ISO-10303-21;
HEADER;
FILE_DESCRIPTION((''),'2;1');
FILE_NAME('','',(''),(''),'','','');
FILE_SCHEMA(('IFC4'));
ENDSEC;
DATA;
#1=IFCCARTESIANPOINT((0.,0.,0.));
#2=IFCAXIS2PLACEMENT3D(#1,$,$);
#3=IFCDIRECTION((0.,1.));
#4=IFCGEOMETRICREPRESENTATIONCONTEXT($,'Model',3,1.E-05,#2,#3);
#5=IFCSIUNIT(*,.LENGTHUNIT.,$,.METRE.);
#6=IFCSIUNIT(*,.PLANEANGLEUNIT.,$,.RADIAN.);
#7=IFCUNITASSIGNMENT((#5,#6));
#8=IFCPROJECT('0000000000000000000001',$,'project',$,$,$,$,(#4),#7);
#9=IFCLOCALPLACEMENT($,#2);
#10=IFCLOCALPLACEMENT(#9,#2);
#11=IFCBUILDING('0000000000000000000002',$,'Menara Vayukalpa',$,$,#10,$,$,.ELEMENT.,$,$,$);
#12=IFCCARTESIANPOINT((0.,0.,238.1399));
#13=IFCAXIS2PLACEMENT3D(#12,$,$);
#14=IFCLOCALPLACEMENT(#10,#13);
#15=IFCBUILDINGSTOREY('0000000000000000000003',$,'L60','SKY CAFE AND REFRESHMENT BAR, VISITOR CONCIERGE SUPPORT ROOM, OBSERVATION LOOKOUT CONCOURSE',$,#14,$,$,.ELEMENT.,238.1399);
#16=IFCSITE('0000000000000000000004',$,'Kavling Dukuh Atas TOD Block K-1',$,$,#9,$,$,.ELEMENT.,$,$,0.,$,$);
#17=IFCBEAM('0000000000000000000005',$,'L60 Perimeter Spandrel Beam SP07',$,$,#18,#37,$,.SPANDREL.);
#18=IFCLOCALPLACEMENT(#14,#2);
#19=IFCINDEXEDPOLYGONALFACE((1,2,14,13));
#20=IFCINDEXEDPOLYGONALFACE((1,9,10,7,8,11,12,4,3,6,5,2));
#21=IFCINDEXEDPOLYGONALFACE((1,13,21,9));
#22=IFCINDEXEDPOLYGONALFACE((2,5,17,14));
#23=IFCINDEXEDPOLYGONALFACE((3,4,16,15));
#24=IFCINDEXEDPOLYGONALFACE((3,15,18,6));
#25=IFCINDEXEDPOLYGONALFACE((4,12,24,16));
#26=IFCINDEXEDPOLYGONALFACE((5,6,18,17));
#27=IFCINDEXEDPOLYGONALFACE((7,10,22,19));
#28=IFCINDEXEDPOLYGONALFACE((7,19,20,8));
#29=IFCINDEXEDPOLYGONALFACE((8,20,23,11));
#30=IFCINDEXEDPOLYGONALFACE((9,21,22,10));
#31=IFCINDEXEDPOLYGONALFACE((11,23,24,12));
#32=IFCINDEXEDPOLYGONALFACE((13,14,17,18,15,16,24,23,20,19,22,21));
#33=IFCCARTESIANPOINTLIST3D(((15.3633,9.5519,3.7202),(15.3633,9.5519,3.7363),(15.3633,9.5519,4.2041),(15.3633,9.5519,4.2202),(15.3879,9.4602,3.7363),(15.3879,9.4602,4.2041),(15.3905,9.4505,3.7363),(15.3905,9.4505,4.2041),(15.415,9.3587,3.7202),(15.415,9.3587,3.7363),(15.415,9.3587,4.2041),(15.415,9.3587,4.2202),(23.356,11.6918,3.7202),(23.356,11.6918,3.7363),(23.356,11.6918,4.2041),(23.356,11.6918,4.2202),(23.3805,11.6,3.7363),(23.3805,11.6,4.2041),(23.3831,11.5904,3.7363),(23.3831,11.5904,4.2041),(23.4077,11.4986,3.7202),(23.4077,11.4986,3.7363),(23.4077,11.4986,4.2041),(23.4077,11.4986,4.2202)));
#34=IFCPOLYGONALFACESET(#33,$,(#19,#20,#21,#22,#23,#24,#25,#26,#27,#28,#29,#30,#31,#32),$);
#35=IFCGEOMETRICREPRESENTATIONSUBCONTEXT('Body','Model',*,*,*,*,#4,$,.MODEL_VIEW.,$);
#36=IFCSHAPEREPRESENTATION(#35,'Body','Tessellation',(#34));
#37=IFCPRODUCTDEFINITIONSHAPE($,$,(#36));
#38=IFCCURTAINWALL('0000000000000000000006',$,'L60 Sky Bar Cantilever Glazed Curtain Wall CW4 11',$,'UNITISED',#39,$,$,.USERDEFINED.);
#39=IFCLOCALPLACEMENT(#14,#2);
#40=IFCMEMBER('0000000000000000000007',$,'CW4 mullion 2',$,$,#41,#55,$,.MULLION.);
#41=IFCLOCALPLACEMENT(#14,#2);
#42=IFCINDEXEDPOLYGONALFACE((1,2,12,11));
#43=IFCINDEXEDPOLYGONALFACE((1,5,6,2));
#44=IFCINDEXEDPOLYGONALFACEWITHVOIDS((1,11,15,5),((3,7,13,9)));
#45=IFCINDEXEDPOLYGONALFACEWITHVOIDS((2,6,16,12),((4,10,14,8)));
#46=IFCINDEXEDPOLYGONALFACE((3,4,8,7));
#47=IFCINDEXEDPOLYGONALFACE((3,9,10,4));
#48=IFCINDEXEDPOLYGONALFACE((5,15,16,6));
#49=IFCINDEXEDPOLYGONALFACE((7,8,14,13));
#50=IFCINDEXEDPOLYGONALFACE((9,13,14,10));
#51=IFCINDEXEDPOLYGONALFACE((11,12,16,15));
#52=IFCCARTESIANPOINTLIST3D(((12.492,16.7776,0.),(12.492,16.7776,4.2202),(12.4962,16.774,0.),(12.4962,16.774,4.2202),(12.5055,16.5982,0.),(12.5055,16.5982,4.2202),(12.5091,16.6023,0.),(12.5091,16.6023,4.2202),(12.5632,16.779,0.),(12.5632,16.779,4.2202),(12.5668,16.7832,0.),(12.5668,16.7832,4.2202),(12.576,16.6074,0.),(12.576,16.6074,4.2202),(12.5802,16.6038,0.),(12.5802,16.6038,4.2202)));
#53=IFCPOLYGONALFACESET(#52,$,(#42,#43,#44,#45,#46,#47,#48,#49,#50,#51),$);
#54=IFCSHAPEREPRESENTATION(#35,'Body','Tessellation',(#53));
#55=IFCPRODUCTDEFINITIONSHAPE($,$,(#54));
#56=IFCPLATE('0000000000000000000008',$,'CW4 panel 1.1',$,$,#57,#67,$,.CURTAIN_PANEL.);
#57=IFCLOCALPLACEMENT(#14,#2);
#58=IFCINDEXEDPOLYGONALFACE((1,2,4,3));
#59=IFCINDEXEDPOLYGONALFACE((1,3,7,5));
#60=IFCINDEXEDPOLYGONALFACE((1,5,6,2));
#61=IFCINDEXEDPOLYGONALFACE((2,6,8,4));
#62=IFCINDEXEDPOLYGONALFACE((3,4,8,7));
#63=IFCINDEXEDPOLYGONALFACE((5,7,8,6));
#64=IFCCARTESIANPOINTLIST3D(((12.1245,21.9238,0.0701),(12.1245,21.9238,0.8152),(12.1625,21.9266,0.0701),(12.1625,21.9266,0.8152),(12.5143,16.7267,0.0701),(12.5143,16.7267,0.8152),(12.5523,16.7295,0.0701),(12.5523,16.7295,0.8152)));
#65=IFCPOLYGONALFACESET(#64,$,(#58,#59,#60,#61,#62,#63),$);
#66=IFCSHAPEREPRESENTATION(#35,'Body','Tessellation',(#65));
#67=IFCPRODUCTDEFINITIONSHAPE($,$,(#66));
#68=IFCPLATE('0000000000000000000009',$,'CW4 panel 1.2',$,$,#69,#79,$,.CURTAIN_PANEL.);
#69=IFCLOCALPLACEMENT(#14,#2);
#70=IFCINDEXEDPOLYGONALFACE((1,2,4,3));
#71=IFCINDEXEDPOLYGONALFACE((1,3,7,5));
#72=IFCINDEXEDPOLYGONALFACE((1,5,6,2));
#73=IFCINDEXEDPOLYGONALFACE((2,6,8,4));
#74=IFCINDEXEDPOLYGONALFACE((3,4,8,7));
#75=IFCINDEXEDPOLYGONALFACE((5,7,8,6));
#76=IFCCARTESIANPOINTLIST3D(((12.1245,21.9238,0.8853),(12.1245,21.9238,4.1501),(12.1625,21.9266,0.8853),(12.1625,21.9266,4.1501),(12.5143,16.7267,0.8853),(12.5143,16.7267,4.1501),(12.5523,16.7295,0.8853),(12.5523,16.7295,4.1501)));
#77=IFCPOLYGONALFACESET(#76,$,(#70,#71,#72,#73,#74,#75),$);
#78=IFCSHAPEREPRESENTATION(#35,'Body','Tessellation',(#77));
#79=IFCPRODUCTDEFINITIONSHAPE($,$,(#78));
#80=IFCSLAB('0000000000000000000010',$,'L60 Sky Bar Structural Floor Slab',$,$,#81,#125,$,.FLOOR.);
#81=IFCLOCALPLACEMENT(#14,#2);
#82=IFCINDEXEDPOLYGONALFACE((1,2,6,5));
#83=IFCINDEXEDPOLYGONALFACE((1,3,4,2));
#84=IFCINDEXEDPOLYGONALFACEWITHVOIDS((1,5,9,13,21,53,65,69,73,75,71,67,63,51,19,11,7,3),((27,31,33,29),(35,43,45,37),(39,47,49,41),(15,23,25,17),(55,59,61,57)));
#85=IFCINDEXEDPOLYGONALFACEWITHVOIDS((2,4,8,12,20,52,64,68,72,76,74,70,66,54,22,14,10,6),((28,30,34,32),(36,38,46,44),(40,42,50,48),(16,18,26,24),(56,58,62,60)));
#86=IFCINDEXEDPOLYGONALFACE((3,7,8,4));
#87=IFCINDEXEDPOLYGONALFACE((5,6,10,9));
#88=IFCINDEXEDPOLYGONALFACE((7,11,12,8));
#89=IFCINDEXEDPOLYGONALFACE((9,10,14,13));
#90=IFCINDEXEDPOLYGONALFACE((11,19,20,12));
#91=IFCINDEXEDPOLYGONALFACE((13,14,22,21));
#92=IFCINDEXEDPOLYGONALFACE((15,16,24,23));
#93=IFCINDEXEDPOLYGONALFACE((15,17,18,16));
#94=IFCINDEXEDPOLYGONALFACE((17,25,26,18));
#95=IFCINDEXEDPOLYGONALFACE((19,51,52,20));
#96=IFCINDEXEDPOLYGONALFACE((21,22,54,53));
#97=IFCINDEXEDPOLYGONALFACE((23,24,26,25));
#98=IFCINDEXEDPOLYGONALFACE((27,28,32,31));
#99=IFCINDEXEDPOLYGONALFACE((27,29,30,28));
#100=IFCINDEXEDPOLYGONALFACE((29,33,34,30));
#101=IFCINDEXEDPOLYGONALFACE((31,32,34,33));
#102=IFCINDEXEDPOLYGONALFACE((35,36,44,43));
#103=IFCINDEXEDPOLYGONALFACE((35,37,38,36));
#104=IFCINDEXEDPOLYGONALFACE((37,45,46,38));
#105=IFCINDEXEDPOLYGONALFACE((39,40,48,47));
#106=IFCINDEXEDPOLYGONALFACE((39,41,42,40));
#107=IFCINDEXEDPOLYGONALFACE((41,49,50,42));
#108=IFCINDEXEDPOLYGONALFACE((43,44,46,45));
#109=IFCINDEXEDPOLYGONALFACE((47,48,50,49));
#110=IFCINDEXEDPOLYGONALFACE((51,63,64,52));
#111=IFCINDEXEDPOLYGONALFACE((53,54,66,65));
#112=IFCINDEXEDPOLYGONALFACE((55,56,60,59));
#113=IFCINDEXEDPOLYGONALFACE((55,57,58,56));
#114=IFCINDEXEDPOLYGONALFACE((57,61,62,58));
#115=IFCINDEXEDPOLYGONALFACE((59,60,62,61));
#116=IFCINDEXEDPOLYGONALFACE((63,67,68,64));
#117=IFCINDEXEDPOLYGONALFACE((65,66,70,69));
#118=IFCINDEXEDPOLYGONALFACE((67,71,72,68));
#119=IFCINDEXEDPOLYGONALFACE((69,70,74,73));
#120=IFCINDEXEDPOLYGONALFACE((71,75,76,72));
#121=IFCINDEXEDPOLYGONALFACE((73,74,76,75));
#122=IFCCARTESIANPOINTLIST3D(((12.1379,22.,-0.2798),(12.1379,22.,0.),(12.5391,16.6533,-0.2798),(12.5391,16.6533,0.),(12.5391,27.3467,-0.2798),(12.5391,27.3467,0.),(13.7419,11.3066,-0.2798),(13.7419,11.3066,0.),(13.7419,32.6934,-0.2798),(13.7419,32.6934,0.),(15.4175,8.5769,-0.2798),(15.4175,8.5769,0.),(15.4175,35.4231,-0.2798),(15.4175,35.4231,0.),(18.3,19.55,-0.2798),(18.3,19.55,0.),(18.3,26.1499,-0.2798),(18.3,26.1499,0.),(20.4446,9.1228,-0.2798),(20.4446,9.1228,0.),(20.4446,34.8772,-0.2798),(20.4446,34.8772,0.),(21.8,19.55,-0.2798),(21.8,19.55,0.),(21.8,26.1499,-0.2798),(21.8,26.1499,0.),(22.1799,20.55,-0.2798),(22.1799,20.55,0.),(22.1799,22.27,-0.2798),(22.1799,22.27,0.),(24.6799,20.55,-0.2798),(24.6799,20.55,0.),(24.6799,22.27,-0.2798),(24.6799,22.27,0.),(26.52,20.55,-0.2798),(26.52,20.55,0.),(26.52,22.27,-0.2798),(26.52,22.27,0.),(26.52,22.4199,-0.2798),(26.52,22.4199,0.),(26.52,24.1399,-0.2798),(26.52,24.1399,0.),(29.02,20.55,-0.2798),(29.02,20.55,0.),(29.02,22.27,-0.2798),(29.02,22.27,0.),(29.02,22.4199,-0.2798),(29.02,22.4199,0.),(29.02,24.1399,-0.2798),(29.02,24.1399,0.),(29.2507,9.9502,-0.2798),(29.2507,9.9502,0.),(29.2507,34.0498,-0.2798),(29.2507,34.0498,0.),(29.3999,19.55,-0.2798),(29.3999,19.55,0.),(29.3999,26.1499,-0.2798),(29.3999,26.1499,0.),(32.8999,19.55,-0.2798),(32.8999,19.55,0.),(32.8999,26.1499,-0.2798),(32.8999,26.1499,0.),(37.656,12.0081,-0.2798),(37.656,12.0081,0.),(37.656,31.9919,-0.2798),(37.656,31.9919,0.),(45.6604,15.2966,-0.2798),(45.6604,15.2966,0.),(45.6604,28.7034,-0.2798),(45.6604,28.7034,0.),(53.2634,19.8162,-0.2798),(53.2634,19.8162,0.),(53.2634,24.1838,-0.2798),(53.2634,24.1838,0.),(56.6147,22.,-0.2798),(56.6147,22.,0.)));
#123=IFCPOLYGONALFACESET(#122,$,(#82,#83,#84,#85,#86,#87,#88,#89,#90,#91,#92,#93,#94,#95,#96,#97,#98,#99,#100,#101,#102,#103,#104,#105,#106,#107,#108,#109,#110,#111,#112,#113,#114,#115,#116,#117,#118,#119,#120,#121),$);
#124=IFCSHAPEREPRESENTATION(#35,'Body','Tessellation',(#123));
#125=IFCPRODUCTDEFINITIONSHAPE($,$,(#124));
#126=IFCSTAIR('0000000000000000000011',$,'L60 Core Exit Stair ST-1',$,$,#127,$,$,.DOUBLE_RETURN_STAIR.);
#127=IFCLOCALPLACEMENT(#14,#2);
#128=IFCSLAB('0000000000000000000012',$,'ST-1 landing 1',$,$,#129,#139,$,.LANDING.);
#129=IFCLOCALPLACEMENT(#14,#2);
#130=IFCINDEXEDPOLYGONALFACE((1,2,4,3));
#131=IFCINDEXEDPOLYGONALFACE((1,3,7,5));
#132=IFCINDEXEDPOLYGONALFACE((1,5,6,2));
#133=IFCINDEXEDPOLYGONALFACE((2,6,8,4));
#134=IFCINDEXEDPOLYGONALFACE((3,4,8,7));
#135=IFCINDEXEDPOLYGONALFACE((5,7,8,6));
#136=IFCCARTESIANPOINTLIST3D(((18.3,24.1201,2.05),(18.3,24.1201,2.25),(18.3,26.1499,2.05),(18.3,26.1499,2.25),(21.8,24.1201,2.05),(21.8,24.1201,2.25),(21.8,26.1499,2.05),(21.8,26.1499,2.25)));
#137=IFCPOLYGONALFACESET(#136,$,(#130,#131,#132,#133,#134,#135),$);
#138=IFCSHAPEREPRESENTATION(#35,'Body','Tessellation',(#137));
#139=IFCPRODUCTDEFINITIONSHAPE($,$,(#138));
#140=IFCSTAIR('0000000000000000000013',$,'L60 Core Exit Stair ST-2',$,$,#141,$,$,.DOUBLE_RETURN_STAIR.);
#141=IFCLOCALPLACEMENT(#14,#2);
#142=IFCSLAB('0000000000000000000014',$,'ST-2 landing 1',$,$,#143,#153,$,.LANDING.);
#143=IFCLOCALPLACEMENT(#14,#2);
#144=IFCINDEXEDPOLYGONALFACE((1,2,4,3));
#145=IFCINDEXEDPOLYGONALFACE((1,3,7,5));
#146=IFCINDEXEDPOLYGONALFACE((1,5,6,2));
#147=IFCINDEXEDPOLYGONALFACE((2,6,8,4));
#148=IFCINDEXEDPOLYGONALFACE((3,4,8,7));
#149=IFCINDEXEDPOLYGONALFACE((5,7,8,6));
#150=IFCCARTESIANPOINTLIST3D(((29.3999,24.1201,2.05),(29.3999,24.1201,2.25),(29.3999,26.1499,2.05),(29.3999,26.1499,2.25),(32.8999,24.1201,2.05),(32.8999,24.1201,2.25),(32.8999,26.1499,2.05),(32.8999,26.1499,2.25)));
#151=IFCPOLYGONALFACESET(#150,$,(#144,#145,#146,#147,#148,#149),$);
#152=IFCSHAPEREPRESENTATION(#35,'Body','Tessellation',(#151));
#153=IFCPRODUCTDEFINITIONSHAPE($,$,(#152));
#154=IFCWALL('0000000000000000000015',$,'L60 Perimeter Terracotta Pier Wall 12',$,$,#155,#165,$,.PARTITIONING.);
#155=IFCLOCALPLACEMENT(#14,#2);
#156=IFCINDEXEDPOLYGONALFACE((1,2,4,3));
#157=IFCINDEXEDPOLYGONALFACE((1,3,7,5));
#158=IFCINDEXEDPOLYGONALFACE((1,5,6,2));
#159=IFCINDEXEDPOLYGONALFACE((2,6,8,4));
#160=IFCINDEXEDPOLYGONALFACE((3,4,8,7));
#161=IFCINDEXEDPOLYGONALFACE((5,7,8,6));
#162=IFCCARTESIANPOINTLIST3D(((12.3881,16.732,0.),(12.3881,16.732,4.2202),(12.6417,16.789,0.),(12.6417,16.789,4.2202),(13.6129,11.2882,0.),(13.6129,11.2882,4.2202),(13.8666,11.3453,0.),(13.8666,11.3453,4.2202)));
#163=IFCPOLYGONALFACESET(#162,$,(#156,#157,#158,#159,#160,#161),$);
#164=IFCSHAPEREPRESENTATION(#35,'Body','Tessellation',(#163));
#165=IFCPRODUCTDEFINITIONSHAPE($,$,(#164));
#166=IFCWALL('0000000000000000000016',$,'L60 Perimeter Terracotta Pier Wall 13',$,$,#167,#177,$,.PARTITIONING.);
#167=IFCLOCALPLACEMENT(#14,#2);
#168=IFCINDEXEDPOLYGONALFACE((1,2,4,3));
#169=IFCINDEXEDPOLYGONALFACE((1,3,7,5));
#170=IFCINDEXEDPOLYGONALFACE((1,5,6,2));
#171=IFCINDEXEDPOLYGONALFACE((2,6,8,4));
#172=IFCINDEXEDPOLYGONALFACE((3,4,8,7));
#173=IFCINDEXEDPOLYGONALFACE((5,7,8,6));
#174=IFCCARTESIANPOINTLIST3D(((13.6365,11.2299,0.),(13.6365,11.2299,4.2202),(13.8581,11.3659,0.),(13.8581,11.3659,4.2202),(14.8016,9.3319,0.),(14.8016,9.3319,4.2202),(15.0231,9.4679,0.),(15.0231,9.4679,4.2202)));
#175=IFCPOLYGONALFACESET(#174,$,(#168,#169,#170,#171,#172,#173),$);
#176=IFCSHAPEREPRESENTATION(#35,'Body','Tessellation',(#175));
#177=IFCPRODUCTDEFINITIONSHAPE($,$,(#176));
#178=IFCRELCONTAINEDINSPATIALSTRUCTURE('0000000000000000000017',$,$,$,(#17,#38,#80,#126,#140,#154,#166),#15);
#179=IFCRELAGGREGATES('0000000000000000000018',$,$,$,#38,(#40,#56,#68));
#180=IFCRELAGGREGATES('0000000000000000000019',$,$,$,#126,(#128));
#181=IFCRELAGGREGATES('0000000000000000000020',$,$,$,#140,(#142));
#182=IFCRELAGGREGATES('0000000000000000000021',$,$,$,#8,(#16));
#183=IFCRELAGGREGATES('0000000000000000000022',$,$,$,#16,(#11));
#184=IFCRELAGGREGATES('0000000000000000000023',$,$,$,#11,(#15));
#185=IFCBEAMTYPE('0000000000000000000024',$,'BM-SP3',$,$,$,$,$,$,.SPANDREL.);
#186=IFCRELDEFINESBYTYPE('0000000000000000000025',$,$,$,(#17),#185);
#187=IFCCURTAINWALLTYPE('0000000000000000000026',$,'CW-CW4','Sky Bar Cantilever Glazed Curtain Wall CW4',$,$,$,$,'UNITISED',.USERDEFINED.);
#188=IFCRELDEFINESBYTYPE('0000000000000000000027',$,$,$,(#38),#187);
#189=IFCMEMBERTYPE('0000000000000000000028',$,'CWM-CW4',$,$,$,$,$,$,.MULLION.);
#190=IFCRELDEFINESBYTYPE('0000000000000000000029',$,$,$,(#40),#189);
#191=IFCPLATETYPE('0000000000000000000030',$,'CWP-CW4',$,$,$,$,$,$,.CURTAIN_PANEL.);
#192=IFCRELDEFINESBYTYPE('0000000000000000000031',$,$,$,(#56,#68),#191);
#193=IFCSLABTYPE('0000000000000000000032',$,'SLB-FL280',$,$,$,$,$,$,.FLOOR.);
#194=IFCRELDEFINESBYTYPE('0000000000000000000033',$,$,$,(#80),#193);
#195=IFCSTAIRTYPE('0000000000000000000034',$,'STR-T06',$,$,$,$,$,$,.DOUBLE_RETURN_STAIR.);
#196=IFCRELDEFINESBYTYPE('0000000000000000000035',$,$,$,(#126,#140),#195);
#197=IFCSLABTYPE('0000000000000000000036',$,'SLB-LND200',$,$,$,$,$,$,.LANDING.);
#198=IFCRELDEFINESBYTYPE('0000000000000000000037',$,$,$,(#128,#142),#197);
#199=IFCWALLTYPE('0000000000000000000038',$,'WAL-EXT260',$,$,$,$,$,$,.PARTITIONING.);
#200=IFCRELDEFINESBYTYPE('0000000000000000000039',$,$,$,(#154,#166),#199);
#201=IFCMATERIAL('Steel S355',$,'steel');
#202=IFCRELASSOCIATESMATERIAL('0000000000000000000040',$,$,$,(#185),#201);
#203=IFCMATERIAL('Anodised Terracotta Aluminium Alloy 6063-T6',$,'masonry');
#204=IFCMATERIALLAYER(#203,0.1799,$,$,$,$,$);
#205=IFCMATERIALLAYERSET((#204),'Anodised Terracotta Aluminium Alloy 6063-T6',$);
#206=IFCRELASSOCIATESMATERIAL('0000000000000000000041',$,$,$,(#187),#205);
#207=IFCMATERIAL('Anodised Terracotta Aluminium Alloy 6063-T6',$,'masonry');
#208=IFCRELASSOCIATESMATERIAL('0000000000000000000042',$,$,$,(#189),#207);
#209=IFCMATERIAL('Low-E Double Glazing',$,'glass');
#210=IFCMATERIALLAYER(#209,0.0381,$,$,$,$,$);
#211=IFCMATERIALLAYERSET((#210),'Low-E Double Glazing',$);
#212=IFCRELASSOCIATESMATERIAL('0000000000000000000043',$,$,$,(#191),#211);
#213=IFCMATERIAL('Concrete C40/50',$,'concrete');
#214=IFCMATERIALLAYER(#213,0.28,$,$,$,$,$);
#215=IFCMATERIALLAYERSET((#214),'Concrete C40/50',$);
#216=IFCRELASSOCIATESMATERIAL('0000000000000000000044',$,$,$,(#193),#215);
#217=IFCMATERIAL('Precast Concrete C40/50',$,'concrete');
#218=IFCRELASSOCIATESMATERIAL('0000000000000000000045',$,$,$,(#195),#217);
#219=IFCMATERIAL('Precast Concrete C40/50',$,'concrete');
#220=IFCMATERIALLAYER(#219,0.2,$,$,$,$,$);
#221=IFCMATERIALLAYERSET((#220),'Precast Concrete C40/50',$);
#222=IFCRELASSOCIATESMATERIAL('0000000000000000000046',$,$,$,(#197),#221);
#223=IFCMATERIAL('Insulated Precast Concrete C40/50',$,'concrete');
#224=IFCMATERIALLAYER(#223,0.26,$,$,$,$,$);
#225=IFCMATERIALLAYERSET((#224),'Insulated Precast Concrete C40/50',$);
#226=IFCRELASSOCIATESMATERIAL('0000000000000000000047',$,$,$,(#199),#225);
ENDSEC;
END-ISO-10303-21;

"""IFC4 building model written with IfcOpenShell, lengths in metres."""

from ifc_helpers import new_model, si_unit, direction, frame, frame_2d, origin, origin_2d, place, context, subcontext, project, spatial, polyline, rectangle, hollow_rectangle, i_section, outline, extrude, material, layer, layer_set, material_profile, profile_set, type_object, element, aggregate, save


model = new_model("IFC4")

# Units and contexts
model_context = context("Model", 3, precision=1e-05, world=origin(), true_north=direction((0.0, 1.0)))
body_context = subcontext(model_context, "Body", "Model", "MODEL_VIEW")
ifc_project = project(units=[si_unit("LENGTHUNIT", "METRE"), si_unit("PLANEANGLEUNIT", "RADIAN")], contexts=[model_context])

# Site, building, storey
site_placement = place(None, origin())
site = spatial("IfcSite", under=ifc_project, at=site_placement, Name="Kavling Dukuh Atas TOD Block K-1", CompositionType="ELEMENT", RefElevation=0.0)
building_placement = place(site_placement, origin())
building = spatial("IfcBuilding", under=site, at=building_placement, Name="Menara Vayukalpa", CompositionType="ELEMENT")
storey_placement = place(building_placement, frame((0.0, 0.0, 238.1399)))
storey = spatial("IfcBuildingStorey", under=building, at=storey_placement, Name="L60", Description="SKY CAFE AND REFRESHMENT BAR, VISITOR CONCIERGE SUPPORT ROOM, OBSERVATION LOOKOUT CONCOURSE", CompositionType="ELEMENT", Elevation=238.1399)

# Beam
ifc_material_1 = material(Name="Steel S355", Category="steel")
ifc_material_profile_1 = material_profile(ifc_material_1, i_section(OverallWidth=0.2, OverallDepth=0.5, WebThickness=0.01, FlangeThickness=0.0161, at=origin_2d()), Name="WF 500x200x10x16")
ifc_profile_set_1 = profile_set([ifc_material_profile_1], Name="Steel S355")
beam_type_1 = type_object("IfcBeamType", Name="BM-SP3", PredefinedType="SPANDREL", material=ifc_profile_set_1)
beam_1_placement = place(storey_placement, frame((15.3892, 9.4553, 3.9702), z_axis=(0.965978, 0.258623, 0.0), x_axis=(-0.258623, 0.965978, 0.0)))
element("IfcBeam", 1, at=beam_1_placement, inside=storey, type_object=beam_type_1, Name="L60 Perimeter Spandrel Beam SP07", PredefinedType="SPANDREL", context=body_context, shape_type="SweptSolid", body=[
    extrude(i_section(OverallWidth=0.2, OverallDepth=0.5, WebThickness=0.01, FlangeThickness=0.0161, at=origin_2d()), origin(), (0.0, 0.0, 1.0), 8.2742),
])

# Curtain wall, member, plates
ifc_material_2 = material(Name="Anodised Terracotta Aluminium Alloy 6063-T6", Category="masonry")
ifc_layer_1 = layer(ifc_material_2, 0.1799)
ifc_layer_set_1 = layer_set([ifc_layer_1], Name="Anodised Terracotta Aluminium Alloy 6063-T6")
curtain_wall_type = type_object("IfcCurtainWallType", Name="CW-CW4", Description="Sky Bar Cantilever Glazed Curtain Wall CW4", ElementType="UNITISED", PredefinedType="USERDEFINED", material=ifc_layer_set_1)
curtain_wall_placement = place(storey_placement, origin())
curtain_wall = element("IfcCurtainWall", 2, at=curtain_wall_placement, inside=storey, type_object=curtain_wall_type, Name="L60 Sky Bar Cantilever Glazed Curtain Wall CW4 11", ObjectType="UNITISED", PredefinedType="USERDEFINED")
ifc_material_3 = material(Name="Anodised Terracotta Aluminium Alloy 6063-T6", Category="masonry")
ifc_material_profile_2 = material_profile(ifc_material_3, hollow_rectangle(XDim=0.075, YDim=0.1799, WallThickness=0.0039, at=origin_2d()), Name="ALU 75x180x4")
ifc_profile_set_2 = profile_set([ifc_material_profile_2], Name="Anodised Terracotta Aluminium Alloy 6063-T6")
member_type = type_object("IfcMemberType", Name="CWM-CW4", PredefinedType="MULLION", material=ifc_profile_set_2)
member_placement = place(storey_placement, frame((12.5361, 16.6907, 0.0), z_axis=(0.0, 0.0, 1.0), x_axis=(0.997199, 0.074789, 0.0)))
member = element("IfcMember", 3, at=member_placement, type_object=member_type, Name="CW4 mullion 2", PredefinedType="MULLION", context=body_context, shape_type="SweptSolid", body=[
    extrude(hollow_rectangle(XDim=0.075, YDim=0.1799, WallThickness=0.0039, at=origin_2d()), origin(), (0.0, 0.0, 1.0), 4.2202),
])
ifc_material_4 = material(Name="Low-E Double Glazing", Category="glass")
ifc_layer_2 = layer(ifc_material_4, 0.0381)
ifc_layer_set_2 = layer_set([ifc_layer_2], Name="Low-E Double Glazing")
plate_type = type_object("IfcPlateType", Name="CWP-CW4", PredefinedType="CURTAIN_PANEL", material=ifc_layer_set_2)
plate_1_placement = place(storey_placement, frame((12.3384, 19.3267, 0.0701), z_axis=(0.0, 0.0, 1.0), x_axis=(0.074789, -0.997199, 0.0)))
plate_1 = element("IfcPlate", 4, at=plate_1_placement, type_object=plate_type, Name="CW4 panel 1.1", PredefinedType="CURTAIN_PANEL", context=body_context, shape_type="SweptSolid", body=[
    extrude(rectangle(XDim=5.2117, YDim=0.0381, at=origin_2d()), origin(), (0.0, 0.0, 1.0), 0.7451),
])
plate_2_placement = place(storey_placement, frame((12.3384, 19.3267, 0.8853), z_axis=(0.0, 0.0, 1.0), x_axis=(0.074789, -0.997199, 0.0)))
plate_2 = element("IfcPlate", 5, at=plate_2_placement, type_object=plate_type, Name="CW4 panel 1.2", PredefinedType="CURTAIN_PANEL", context=body_context, shape_type="SweptSolid", body=[
    extrude(rectangle(XDim=5.2117, YDim=0.0381, at=origin_2d()), origin(), (0.0, 0.0, 1.0), 3.2649),
])
aggregate(curtain_wall, [member, plate_1, plate_2])

# Slab
ifc_material_5 = material(Name="Concrete C40/50", Category="concrete")
ifc_layer_3 = layer(ifc_material_5, 0.28)
ifc_layer_set_3 = layer_set([ifc_layer_3], Name="Concrete C40/50")
slab_type_1 = type_object("IfcSlabType", Name="SLB-FL280", PredefinedType="FLOOR", material=ifc_layer_set_3)
slab_1_placement = place(storey_placement, frame((0.0, 0.0, -0.2798)))
element("IfcSlab", 6, at=slab_1_placement, inside=storey, type_object=slab_type_1, Name="L60 Sky Bar Structural Floor Slab", PredefinedType="FLOOR", context=body_context, shape_type="SweptSolid", body=[
    extrude(outline(polyline([(53.2634, 19.8162), (56.6147, 22.0), (53.2634, 24.1838), (45.6604, 28.7034), (37.656, 31.9919), (29.2507, 34.0498), (20.4446, 34.8772), (15.4175, 35.4231), (13.7419, 32.6934), (12.5391, 27.3467), (12.1379, 22.0), (12.5391, 16.6533), (13.7419, 11.3066), (15.4175, 8.5769), (20.4446, 9.1228), (29.2507, 9.9502), (37.656, 12.0081), (45.6604, 15.2966), (53.2634, 19.8162)]), holes=[polyline([(21.8, 19.55), (21.8, 26.1499), (18.3, 26.1499), (18.3, 19.55), (21.8, 19.55)]), polyline([(32.8999, 19.55), (32.8999, 26.1499), (29.3999, 26.1499), (29.3999, 19.55), (32.8999, 19.55)]), polyline([(22.1799, 20.55), (24.6799, 20.55), (24.6799, 22.27), (22.1799, 22.27), (22.1799, 20.55)]), polyline([(26.52, 20.55), (29.02, 20.55), (29.02, 22.27), (26.52, 22.27), (26.52, 20.55)]), polyline([(26.52, 22.4199), (29.02, 22.4199), (29.02, 24.1399), (26.52, 24.1399), (26.52, 22.4199)])]), origin(), (0.0, 0.0, 1.0), 0.2798),
])

# Stairs, slabs
ifc_material_6 = material(Name="Precast Concrete C40/50", Category="concrete")
stair_type = type_object("IfcStairType", Name="STR-T06", PredefinedType="DOUBLE_RETURN_STAIR", material=ifc_material_6)
stair_1_placement = place(storey_placement, origin())
stair_1 = element("IfcStair", 7, at=stair_1_placement, inside=storey, type_object=stair_type, Name="L60 Core Exit Stair ST-1", PredefinedType="DOUBLE_RETURN_STAIR")
ifc_material_7 = material(Name="Precast Concrete C40/50", Category="concrete")
ifc_layer_4 = layer(ifc_material_7, 0.2)
ifc_layer_set_4 = layer_set([ifc_layer_4], Name="Precast Concrete C40/50")
slab_type_2 = type_object("IfcSlabType", Name="SLB-LND200", PredefinedType="LANDING", material=ifc_layer_set_4)
slab_2_placement = place(storey_placement, frame((0.0, 0.0, 2.05)))
slab_2 = element("IfcSlab", 8, at=slab_2_placement, type_object=slab_type_2, Name="ST-1 landing 1", PredefinedType="LANDING", context=body_context, shape_type="SweptSolid", body=[
    extrude(outline(polyline([(21.8, 24.1201), (21.8, 26.1499), (18.3, 26.1499), (18.3, 24.1201), (21.8, 24.1201)])), origin(), (0.0, 0.0, 1.0), 0.2),
])
aggregate(stair_1, [slab_2])
stair_2_placement = place(storey_placement, origin())
stair_2 = element("IfcStair", 9, at=stair_2_placement, inside=storey, type_object=stair_type, Name="L60 Core Exit Stair ST-2", PredefinedType="DOUBLE_RETURN_STAIR")
slab_3_placement = place(storey_placement, frame((0.0, 0.0, 2.05)))
slab_3 = element("IfcSlab", 10, at=slab_3_placement, type_object=slab_type_2, Name="ST-2 landing 1", PredefinedType="LANDING", context=body_context, shape_type="SweptSolid", body=[
    extrude(outline(polyline([(32.8999, 24.1201), (32.8999, 26.1499), (29.3999, 26.1499), (29.3999, 24.1201), (32.8999, 24.1201)])), origin(), (0.0, 0.0, 1.0), 0.2),
])
aggregate(stair_2, [slab_3])

# Walls
ifc_material_8 = material(Name="Insulated Precast Concrete C40/50", Category="concrete")
ifc_layer_5 = layer(ifc_material_8, 0.26)
ifc_layer_set_5 = layer_set([ifc_layer_5], Name="Insulated Precast Concrete C40/50")
wall_type_1 = type_object("IfcWallType", Name="WAL-EXT260", PredefinedType="PARTITIONING", material=ifc_layer_set_5)
wall_1_placement = place(storey_placement, frame((13.7397, 11.3167, 0.0), z_axis=(0.0, 0.0, 1.0), x_axis=(-0.21951, 0.97561, 0.0)))
element("IfcWall", 11, at=wall_1_placement, inside=storey, type_object=wall_type_1, Name="L60 Perimeter Terracotta Pier Wall 12", PredefinedType="PARTITIONING", context=body_context, shape_type="SweptSolid", body=[
    extrude(rectangle(XDim=5.5798, YDim=0.26, at=frame_2d((2.79, 0.0))), origin(), (0.0, 0.0, 1.0), 4.2202),
])
wall_2_placement = place(storey_placement, frame((14.9124, 9.3999, 0.0), z_axis=(0.0, 0.0, 1.0), x_axis=(-0.523143, 0.852245, 0.0)))
element("IfcWall", 12, at=wall_2_placement, inside=storey, type_object=wall_type_1, Name="L60 Perimeter Terracotta Pier Wall 13", PredefinedType="PARTITIONING", context=body_context, shape_type="SweptSolid", body=[
    extrude(rectangle(XDim=2.2271, YDim=0.26, at=frame_2d((1.1135, 0.0))), origin(), (0.0, 0.0, 1.0), 4.2202),
])

save(model, "model.ifc")
